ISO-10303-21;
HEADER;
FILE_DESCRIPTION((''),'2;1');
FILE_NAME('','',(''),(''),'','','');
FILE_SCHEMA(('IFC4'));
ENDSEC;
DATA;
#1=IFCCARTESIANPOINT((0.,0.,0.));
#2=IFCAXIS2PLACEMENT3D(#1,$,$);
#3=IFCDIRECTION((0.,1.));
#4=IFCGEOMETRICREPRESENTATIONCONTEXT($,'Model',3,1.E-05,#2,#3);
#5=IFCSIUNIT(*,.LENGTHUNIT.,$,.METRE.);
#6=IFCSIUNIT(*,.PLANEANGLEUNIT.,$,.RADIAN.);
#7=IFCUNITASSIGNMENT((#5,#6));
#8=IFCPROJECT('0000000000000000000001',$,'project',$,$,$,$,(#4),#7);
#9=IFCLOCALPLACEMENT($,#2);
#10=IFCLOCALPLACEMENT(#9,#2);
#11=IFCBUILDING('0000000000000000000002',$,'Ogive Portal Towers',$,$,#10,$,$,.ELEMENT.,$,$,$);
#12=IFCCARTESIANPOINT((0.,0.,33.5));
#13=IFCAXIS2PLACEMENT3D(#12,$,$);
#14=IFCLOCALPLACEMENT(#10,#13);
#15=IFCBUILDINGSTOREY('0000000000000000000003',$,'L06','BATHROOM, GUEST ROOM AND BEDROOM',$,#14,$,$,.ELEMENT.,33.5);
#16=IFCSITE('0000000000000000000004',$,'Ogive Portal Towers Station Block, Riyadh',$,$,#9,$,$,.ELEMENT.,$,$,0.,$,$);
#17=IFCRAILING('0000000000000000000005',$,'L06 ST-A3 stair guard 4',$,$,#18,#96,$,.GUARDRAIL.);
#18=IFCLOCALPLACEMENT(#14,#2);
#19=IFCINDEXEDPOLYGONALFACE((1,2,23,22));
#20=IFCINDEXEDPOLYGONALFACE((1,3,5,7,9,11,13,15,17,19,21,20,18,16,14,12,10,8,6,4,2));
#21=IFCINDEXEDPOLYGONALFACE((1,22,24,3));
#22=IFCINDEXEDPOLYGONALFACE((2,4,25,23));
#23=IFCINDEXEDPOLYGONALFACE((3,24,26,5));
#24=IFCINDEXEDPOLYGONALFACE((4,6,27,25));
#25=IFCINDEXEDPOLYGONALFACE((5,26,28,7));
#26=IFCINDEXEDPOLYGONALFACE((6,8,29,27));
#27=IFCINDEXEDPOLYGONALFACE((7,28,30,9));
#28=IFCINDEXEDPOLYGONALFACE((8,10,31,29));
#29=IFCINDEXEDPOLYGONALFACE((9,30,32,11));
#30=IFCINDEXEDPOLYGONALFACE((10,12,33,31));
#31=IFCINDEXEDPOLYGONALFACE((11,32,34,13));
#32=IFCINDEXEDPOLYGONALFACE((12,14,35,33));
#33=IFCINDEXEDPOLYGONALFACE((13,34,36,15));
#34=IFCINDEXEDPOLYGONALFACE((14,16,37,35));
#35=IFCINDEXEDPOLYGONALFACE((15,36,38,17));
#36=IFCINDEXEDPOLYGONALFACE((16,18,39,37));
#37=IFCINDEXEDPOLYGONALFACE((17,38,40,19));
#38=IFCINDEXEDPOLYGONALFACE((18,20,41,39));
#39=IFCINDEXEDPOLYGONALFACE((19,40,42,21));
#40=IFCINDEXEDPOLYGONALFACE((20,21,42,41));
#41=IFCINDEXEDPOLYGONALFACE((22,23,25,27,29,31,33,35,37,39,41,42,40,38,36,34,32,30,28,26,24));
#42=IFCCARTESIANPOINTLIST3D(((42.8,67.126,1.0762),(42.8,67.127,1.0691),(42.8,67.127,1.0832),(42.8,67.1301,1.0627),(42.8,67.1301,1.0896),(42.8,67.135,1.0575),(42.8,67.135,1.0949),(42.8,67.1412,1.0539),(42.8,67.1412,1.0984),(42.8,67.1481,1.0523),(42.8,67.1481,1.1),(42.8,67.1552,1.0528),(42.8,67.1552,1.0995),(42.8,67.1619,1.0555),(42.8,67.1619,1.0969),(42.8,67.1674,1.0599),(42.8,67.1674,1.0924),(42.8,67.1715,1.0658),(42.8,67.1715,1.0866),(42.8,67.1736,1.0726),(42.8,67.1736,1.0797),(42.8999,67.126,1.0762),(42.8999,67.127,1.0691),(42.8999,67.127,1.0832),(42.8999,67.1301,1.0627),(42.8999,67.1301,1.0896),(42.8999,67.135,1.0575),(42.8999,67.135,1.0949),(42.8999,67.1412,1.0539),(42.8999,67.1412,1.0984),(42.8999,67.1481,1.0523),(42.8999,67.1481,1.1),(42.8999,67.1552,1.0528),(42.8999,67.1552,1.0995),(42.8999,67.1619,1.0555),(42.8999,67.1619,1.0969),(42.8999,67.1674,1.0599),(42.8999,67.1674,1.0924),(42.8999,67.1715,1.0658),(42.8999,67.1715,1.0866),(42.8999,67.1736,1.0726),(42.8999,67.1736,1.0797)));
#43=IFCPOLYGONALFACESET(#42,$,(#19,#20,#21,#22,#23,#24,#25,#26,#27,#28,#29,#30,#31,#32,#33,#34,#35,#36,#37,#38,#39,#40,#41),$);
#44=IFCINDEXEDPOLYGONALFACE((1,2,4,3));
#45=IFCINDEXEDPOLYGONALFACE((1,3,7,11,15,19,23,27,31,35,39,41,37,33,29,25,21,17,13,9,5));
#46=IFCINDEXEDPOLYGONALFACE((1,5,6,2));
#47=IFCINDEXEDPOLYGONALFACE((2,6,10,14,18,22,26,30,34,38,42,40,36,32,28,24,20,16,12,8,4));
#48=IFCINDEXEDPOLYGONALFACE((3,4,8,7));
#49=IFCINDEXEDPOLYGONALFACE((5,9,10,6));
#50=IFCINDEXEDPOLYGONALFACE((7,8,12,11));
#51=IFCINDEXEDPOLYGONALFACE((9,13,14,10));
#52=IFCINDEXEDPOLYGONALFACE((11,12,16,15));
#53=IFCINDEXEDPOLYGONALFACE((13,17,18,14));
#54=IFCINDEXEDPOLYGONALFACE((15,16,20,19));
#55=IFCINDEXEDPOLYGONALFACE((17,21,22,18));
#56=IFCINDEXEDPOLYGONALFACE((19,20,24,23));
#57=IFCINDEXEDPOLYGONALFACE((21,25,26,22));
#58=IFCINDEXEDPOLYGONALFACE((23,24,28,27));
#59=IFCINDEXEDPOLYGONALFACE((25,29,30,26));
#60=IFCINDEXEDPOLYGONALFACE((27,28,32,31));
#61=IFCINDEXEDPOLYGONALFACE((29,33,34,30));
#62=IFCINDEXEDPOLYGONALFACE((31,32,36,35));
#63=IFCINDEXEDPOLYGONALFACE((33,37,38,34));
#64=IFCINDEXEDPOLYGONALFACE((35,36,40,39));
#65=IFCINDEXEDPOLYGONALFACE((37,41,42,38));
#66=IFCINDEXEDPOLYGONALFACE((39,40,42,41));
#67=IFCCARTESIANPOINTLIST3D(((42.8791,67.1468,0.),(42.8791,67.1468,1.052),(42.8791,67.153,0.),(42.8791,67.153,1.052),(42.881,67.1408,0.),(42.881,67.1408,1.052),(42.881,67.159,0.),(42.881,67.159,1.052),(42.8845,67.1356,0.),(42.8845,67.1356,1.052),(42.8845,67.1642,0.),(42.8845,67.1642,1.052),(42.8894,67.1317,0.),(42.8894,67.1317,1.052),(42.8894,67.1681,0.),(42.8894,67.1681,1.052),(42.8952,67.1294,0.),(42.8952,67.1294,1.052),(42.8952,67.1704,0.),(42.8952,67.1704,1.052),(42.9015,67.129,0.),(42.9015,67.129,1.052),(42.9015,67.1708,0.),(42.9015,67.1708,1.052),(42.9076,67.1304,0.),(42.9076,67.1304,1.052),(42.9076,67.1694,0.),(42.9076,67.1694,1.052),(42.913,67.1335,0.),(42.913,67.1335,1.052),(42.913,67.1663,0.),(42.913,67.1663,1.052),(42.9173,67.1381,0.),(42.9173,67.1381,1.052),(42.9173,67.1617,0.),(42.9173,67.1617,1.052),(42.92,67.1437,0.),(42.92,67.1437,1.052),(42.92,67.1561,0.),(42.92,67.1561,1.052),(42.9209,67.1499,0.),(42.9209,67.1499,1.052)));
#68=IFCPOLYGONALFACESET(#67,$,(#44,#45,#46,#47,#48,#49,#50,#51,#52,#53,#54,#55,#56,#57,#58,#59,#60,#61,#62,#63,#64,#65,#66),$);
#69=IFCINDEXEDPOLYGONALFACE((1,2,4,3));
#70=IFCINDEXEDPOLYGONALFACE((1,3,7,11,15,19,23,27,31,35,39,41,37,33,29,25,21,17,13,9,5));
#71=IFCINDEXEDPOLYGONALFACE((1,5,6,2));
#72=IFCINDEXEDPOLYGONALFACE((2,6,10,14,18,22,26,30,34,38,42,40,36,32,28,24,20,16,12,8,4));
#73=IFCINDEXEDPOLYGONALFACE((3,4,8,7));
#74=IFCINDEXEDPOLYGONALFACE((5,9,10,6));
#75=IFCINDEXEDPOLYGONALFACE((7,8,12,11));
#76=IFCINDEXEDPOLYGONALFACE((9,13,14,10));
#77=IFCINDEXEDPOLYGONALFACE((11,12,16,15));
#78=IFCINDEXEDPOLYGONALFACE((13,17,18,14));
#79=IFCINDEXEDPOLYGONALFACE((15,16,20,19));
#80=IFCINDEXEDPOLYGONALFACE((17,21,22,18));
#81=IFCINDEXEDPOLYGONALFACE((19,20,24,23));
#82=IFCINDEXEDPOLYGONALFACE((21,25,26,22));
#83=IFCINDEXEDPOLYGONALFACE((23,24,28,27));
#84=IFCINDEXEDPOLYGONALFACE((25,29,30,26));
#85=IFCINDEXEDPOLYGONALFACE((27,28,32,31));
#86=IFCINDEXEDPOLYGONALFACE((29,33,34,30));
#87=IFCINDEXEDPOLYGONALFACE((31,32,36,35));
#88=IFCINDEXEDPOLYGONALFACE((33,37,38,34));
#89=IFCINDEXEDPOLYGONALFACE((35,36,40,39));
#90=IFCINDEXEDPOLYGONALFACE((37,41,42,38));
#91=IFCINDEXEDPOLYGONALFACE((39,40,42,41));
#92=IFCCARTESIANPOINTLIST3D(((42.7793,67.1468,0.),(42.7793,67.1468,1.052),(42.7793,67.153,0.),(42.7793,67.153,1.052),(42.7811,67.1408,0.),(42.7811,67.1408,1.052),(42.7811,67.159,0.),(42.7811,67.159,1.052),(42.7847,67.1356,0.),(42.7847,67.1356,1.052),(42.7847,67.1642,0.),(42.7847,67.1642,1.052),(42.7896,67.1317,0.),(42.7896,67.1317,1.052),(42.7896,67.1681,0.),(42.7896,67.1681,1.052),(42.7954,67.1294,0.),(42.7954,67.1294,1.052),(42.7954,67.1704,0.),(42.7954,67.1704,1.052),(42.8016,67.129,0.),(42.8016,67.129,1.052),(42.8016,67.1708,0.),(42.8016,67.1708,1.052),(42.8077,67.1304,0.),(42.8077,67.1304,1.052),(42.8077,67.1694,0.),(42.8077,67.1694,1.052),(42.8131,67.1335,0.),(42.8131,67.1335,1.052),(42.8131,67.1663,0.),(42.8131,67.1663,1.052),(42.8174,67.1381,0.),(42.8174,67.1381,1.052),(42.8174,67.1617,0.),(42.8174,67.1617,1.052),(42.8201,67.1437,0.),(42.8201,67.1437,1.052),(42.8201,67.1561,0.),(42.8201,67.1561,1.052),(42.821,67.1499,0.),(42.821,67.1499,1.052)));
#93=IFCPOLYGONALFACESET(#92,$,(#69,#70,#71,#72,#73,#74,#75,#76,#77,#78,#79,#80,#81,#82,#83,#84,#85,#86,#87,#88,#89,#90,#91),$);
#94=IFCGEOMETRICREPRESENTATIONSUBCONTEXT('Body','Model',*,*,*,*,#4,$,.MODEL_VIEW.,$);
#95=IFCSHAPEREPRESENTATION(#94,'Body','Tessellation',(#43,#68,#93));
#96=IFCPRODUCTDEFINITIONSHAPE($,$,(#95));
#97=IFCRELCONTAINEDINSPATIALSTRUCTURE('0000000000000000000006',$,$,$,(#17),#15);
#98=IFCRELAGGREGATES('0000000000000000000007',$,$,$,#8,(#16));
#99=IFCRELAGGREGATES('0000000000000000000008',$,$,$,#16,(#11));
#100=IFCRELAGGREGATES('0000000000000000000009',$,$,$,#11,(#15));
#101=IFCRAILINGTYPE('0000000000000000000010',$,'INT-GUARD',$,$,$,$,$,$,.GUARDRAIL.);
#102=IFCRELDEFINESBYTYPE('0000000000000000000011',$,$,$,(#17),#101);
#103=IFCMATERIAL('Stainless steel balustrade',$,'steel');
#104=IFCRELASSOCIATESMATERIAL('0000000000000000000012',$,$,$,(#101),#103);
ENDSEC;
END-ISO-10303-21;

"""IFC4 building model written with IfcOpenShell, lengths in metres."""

from ifc_helpers import new_model, si_unit, direction, frame, origin, origin_2d, place, context, subcontext, project, spatial, circle, extrude, material, type_object, element, save


model = new_model("IFC4")

# Units and contexts
model_context = context("Model", 3, precision=1e-05, world=origin(), true_north=direction((0.0, 1.0)))
body_context = subcontext(model_context, "Body", "Model", "MODEL_VIEW")
ifc_project = project(units=[si_unit("LENGTHUNIT", "METRE"), si_unit("PLANEANGLEUNIT", "RADIAN")], contexts=[model_context])

# Site, building, storey
site_placement = place(None, origin())
site = spatial("IfcSite", under=ifc_project, at=site_placement, Name="Ogive Portal Towers Station Block, Riyadh", CompositionType="ELEMENT", RefElevation=0.0)
building_placement = place(site_placement, origin())
building = spatial("IfcBuilding", under=site, at=building_placement, Name="Ogive Portal Towers", CompositionType="ELEMENT")
storey_placement = place(building_placement, frame((0.0, 0.0, 33.5)))
storey = spatial("IfcBuildingStorey", under=building, at=storey_placement, Name="L06", Description="BATHROOM, GUEST ROOM AND BEDROOM", CompositionType="ELEMENT", Elevation=33.5)

# Railing
ifc_material_1 = material(Name="Stainless steel balustrade", Category="steel")
railing_type_1 = type_object("IfcRailingType", Name="INT-GUARD", PredefinedType="GUARDRAIL", material=ifc_material_1)
railing_1_placement = place(storey_placement, frame((42.8999, 67.1499, 0.0)))
element("IfcRailing", 1, at=railing_1_placement, inside=storey, type_object=railing_type_1, Name="L06 ST-A3 stair guard 4", PredefinedType="GUARDRAIL", context=body_context, shape_type="SweptSolid", body=[
    extrude(circle(Radius=0.0239, at=origin_2d()), frame((0.0, 0.0, 1.0762), z_axis=(-1.0, 0.0, 0.0), x_axis=(0.0, -1.0, 0.0)), (0.0, 0.0, 1.0), 0.0999),
    extrude(circle(Radius=0.021, at=origin_2d()), origin(), (0.0, 0.0, 1.0), 1.052),
    extrude(circle(Radius=0.021, at=origin_2d()), frame((-0.0999, 0.0, 0.0)), (0.0, 0.0, 1.0), 1.052),
])

save(model, "model.ifc")
